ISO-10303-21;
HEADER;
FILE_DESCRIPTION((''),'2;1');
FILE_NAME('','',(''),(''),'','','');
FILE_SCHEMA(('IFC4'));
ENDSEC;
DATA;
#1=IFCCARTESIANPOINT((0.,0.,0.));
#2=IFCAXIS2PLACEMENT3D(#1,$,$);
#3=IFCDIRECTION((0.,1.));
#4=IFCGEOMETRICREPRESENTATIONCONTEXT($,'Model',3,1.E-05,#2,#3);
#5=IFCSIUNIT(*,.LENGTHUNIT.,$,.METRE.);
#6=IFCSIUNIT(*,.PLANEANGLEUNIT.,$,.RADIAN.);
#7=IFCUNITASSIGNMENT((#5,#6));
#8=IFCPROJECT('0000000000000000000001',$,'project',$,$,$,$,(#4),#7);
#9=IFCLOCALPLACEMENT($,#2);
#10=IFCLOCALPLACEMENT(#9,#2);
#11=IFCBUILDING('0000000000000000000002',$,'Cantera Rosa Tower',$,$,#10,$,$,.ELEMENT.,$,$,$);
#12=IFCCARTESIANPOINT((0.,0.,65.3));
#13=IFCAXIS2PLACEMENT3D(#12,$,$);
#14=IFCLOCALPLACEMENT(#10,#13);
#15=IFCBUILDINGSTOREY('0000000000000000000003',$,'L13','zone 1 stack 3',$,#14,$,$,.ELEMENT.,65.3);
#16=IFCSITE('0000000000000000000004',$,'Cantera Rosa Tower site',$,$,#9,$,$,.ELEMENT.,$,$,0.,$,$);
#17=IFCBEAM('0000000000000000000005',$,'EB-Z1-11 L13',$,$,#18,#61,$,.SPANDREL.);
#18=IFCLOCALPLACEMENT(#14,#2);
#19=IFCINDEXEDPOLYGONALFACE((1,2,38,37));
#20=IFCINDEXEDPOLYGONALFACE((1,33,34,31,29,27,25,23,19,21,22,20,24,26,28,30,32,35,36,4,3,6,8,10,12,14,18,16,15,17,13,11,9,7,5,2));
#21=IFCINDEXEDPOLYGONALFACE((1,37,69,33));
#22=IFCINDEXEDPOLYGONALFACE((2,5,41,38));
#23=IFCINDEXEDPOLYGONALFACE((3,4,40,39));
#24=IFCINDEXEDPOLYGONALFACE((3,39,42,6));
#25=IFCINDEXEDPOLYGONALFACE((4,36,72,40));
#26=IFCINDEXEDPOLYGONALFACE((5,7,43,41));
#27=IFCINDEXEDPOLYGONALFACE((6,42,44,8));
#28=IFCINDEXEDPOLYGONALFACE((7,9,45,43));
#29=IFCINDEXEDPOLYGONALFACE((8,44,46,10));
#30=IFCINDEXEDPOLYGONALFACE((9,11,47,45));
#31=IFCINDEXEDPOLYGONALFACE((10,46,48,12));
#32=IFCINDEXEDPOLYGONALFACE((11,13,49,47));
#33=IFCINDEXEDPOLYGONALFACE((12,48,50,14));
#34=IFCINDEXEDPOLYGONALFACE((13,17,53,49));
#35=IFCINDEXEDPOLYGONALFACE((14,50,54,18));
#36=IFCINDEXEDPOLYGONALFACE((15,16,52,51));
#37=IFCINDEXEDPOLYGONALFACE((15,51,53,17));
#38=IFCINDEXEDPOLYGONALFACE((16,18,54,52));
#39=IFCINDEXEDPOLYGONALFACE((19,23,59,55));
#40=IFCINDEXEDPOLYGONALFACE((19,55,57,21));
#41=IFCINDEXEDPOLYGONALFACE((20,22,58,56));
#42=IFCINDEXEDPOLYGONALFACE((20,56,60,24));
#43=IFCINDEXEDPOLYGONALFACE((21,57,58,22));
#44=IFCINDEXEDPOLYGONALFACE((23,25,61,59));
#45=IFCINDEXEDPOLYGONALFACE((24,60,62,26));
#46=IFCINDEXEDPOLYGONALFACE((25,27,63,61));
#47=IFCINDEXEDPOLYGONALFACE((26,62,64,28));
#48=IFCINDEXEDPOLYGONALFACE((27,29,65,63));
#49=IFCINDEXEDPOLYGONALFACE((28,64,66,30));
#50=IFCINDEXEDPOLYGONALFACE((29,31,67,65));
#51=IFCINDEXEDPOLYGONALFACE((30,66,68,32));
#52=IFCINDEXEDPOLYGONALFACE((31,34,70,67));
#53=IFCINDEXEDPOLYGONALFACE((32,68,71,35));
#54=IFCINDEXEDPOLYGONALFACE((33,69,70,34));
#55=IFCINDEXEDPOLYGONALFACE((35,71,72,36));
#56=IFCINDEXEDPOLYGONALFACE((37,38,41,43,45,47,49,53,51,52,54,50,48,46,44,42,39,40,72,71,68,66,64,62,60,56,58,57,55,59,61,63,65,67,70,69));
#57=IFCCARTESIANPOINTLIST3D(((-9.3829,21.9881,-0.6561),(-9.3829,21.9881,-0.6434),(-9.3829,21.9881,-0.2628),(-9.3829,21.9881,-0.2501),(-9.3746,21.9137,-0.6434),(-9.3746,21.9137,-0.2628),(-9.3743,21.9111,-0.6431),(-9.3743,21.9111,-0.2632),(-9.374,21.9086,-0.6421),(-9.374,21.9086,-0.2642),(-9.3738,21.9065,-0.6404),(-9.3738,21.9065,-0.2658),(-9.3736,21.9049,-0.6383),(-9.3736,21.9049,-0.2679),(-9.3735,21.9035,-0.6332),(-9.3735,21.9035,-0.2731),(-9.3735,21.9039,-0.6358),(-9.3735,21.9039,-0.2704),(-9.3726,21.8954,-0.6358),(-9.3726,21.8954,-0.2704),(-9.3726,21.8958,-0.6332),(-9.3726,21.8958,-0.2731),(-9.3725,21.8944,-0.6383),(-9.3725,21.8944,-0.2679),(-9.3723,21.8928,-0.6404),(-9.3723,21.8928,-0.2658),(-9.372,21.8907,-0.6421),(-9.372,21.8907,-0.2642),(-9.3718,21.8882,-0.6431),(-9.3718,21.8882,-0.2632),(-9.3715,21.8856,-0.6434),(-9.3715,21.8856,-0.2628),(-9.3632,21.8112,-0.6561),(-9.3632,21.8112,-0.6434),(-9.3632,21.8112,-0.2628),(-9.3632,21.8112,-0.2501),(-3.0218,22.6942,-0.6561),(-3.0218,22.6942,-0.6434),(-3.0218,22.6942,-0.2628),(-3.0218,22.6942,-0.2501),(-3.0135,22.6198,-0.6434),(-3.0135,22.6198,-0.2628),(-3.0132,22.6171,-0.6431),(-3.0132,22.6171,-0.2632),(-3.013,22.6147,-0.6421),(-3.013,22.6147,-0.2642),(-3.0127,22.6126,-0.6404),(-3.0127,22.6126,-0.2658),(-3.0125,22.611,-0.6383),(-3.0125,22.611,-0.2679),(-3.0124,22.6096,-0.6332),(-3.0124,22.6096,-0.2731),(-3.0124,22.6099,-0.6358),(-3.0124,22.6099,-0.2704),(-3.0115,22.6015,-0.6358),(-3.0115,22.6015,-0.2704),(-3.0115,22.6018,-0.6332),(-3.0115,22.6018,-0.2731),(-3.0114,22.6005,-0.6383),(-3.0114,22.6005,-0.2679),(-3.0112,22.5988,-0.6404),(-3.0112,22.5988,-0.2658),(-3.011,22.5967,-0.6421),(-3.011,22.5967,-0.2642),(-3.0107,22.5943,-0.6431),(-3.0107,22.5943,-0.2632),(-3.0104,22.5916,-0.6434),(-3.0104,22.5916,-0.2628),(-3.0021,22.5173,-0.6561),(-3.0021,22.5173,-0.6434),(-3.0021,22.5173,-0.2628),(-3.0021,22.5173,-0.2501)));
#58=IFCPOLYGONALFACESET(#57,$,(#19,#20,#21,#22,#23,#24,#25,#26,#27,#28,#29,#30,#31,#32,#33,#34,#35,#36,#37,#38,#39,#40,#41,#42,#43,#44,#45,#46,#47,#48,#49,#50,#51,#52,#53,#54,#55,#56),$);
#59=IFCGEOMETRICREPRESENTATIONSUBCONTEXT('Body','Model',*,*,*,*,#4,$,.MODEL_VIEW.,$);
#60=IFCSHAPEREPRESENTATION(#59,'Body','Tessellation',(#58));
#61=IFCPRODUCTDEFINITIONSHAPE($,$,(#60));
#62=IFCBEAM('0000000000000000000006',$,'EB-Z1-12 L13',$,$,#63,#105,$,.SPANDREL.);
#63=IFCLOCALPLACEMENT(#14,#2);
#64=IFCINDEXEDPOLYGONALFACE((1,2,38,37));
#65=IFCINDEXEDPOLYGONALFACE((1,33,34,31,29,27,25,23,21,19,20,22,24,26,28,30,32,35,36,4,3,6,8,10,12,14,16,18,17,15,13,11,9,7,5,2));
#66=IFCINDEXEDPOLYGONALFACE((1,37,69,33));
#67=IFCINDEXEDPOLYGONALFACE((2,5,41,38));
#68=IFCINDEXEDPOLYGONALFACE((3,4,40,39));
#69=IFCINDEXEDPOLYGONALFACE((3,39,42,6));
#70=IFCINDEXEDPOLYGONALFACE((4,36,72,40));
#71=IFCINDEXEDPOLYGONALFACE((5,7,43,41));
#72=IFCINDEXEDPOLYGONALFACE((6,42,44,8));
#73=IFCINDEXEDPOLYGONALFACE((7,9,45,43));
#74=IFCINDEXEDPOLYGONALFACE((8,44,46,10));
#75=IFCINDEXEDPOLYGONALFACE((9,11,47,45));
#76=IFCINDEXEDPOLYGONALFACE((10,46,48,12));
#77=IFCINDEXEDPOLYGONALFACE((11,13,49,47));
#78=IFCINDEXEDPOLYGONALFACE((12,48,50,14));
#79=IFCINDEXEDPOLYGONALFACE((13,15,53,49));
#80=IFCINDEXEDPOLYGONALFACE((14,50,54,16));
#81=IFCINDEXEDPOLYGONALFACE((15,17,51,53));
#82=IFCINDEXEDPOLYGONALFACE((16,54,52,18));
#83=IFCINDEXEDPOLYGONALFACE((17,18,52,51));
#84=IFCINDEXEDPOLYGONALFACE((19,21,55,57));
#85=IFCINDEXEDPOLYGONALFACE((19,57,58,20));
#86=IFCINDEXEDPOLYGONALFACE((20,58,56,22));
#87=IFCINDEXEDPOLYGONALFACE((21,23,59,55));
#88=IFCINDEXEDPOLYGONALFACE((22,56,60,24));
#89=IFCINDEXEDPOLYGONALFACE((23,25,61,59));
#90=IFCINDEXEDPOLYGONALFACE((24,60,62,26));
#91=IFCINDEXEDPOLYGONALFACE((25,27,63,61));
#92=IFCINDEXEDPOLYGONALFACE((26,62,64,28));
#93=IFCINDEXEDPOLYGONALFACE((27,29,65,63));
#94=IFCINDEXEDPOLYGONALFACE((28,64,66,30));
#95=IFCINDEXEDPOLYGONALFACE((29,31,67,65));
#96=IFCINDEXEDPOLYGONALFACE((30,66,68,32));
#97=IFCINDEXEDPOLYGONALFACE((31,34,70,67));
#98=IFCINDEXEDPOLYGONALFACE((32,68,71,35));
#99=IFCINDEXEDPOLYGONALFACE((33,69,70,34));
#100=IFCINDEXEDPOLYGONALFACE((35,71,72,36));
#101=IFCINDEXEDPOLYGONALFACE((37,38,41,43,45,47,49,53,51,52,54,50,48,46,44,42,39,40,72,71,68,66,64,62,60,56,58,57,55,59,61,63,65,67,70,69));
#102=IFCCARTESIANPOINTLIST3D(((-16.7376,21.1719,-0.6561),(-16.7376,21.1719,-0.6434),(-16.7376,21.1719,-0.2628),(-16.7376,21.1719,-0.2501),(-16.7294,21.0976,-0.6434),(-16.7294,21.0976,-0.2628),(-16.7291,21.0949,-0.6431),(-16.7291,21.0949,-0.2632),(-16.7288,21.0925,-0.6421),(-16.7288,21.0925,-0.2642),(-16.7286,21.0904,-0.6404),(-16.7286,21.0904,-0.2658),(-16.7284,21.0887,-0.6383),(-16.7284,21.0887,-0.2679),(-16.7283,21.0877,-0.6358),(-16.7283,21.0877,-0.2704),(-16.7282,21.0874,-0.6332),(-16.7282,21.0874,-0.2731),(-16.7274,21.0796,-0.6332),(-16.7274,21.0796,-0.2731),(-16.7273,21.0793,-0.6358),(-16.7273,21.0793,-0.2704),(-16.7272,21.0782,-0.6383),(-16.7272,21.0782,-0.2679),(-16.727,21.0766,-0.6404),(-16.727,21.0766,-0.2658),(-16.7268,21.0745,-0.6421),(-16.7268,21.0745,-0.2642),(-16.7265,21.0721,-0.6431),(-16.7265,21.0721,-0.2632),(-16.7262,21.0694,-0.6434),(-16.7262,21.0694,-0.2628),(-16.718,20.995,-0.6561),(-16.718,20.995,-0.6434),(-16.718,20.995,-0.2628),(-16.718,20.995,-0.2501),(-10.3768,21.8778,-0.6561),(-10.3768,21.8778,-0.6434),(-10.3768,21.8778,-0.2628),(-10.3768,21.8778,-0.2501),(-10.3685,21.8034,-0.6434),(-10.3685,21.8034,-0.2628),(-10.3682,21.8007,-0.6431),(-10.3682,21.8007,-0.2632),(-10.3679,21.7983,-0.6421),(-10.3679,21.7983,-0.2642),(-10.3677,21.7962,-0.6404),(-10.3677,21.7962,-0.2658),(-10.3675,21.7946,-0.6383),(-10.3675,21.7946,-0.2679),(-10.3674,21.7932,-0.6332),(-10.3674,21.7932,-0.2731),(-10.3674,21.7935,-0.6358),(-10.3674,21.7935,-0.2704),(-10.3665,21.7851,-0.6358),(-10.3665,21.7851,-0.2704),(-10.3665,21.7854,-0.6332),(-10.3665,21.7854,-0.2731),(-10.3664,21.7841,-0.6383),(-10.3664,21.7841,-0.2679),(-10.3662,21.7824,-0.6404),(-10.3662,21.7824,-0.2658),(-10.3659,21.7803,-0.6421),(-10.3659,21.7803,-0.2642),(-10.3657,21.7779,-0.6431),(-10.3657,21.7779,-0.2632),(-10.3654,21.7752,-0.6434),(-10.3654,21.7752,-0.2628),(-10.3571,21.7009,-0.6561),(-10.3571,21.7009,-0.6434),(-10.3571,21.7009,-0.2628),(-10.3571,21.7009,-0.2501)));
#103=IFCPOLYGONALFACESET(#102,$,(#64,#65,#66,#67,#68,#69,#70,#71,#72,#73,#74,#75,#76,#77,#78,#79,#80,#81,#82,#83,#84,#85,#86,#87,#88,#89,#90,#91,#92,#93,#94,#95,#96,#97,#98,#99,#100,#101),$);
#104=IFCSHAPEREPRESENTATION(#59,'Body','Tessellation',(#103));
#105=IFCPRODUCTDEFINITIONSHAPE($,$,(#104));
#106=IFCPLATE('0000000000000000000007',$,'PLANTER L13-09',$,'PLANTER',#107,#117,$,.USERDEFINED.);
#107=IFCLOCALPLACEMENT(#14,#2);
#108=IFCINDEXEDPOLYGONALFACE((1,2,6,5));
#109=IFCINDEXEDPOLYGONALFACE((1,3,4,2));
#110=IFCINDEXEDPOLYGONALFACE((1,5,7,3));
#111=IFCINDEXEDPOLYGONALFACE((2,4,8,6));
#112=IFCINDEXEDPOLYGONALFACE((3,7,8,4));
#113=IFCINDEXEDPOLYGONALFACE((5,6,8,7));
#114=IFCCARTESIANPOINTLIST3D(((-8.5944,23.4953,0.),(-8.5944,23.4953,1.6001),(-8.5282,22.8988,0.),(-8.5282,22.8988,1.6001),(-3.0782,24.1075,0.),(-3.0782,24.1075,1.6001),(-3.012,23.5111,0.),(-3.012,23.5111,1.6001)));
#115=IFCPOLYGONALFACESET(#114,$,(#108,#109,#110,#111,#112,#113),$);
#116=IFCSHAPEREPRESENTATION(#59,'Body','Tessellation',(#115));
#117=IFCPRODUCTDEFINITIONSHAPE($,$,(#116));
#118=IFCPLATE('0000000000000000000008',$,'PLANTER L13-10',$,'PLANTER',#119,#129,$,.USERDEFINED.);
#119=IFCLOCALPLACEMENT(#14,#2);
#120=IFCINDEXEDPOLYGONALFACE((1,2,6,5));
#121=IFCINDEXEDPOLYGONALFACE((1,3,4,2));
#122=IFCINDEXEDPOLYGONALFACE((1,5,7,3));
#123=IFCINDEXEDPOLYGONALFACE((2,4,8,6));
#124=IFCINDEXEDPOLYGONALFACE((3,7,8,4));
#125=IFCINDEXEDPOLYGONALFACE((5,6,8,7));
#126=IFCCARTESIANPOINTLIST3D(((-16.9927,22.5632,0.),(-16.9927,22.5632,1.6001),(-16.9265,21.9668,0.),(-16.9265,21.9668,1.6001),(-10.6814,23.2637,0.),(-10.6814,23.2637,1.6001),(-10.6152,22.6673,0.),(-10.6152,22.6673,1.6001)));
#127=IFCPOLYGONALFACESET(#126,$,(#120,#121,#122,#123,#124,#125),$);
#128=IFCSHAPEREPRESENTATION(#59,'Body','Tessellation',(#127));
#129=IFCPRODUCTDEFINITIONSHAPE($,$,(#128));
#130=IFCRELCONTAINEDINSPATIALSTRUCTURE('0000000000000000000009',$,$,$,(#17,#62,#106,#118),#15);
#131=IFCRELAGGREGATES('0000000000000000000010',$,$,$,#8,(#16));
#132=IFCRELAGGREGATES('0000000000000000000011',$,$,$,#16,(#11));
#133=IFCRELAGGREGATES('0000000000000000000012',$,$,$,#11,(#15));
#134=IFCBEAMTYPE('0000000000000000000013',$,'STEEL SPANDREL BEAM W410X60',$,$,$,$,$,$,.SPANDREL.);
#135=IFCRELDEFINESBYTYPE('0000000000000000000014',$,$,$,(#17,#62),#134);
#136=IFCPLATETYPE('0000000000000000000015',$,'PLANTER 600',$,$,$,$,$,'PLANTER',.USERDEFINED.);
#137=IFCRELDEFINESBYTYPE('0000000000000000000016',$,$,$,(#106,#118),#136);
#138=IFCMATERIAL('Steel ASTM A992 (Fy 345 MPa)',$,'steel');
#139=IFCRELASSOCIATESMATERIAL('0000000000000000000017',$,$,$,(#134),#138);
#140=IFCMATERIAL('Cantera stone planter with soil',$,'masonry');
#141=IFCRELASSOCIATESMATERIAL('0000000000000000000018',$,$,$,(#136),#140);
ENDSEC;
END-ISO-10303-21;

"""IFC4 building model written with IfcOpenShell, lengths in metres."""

from ifc_helpers import new_model, si_unit, direction, frame, origin, origin_2d, place, context, subcontext, project, spatial, rectangle, i_section, extrude, material, material_profile, profile_set, type_object, element, save


model = new_model("IFC4")

# Units and contexts
model_context = context("Model", 3, precision=1e-05, world=origin(), true_north=direction((0.0, 1.0)))
body_context = subcontext(model_context, "Body", "Model", "MODEL_VIEW")
ifc_project = project(units=[si_unit("LENGTHUNIT", "METRE"), si_unit("PLANEANGLEUNIT", "RADIAN")], contexts=[model_context])

# Site, building, storey
site_placement = place(None, origin())
site = spatial("IfcSite", under=ifc_project, at=site_placement, Name="Cantera Rosa Tower site", CompositionType="ELEMENT", RefElevation=0.0)
building_placement = place(site_placement, origin())
building = spatial("IfcBuilding", under=site, at=building_placement, Name="Cantera Rosa Tower", CompositionType="ELEMENT")
storey_placement = place(building_placement, frame((0.0, 0.0, 65.3)))
storey = spatial("IfcBuildingStorey", under=building, at=storey_placement, Name="L13", Description="zone 1 stack 3", CompositionType="ELEMENT", Elevation=65.3)

# Beams
ifc_material_1 = material(Name="Steel ASTM A992 (Fy 345 MPa)", Category="steel")
ifc_material_profile_1 = material_profile(ifc_material_1, i_section(OverallWidth=0.178, OverallDepth=0.406, WebThickness=0.0078, FlangeThickness=0.0127, FilletRadius=0.0103, at=origin_2d()), Name="W410X60")
ifc_profile_set_1 = profile_set([ifc_material_profile_1], Name="Steel ASTM A992 (Fy 345 MPa)")
beam_type_1 = type_object("IfcBeamType", Name="STEEL SPANDREL BEAM W410X60", PredefinedType="SPANDREL", material=ifc_profile_set_1)
beam_1_placement = place(storey_placement, frame((-3.012, 22.6057, -0.4531), z_axis=(-0.993896, -0.110318, 0.0), x_axis=(0.110318, -0.993896, 0.0)))
element("IfcBeam", 1, at=beam_1_placement, inside=storey, type_object=beam_type_1, Name="EB-Z1-11 L13", PredefinedType="SPANDREL", context=body_context, shape_type="SweptSolid", body=[
    extrude(i_section(OverallWidth=0.178, OverallDepth=0.406, WebThickness=0.0078, FlangeThickness=0.0127, FilletRadius=0.0103, at=origin_2d()), origin(), (0.0, 0.0, 1.0), 6.4001),
])
beam_2_placement = place(storey_placement, frame((-10.3669, 21.7893, -0.4531), z_axis=(-0.9939, -0.110285, 0.0), x_axis=(0.110285, -0.9939, 0.0)))
element("IfcBeam", 2, at=beam_2_placement, inside=storey, type_object=beam_type_1, Name="EB-Z1-12 L13", PredefinedType="SPANDREL", context=body_context, shape_type="SweptSolid", body=[
    extrude(i_section(OverallWidth=0.178, OverallDepth=0.406, WebThickness=0.0078, FlangeThickness=0.0127, FilletRadius=0.0103, at=origin_2d()), origin(), (0.0, 0.0, 1.0), 6.3999),
])

# Plates
ifc_material_2 = material(Name="Cantera stone planter with soil", Category="masonry")
plate_type = type_object("IfcPlateType", Name="PLANTER 600", ElementType="PLANTER", PredefinedType="USERDEFINED", material=ifc_material_2)
plate_1_placement = place(storey_placement, frame((-5.8032, 23.5032, 0.0), z_axis=(0.0, 0.0, 1.0), x_axis=(-0.993897, -0.110313, 0.0)))
element("IfcPlate", 3, at=plate_1_placement, inside=storey, type_object=plate_type, Name="PLANTER L13-09", ObjectType="PLANTER", PredefinedType="USERDEFINED", context=body_context, shape_type="SweptSolid", body=[
    extrude(rectangle(XDim=5.55, YDim=0.6001, at=origin_2d()), origin(), (0.0, 0.0, 1.0), 1.6001),
])
plate_2_placement = place(storey_placement, frame((-13.804, 22.6152, 0.0), z_axis=(0.0, 0.0, 1.0), x_axis=(-0.993897, -0.110313, 0.0)))
element("IfcPlate", 4, at=plate_2_placement, inside=storey, type_object=plate_type, Name="PLANTER L13-10", ObjectType="PLANTER", PredefinedType="USERDEFINED", context=body_context, shape_type="SweptSolid", body=[
    extrude(rectangle(XDim=6.3501, YDim=0.6001, at=origin_2d()), origin(), (0.0, 0.0, 1.0), 1.6001),
])

save(model, "model.ifc")
